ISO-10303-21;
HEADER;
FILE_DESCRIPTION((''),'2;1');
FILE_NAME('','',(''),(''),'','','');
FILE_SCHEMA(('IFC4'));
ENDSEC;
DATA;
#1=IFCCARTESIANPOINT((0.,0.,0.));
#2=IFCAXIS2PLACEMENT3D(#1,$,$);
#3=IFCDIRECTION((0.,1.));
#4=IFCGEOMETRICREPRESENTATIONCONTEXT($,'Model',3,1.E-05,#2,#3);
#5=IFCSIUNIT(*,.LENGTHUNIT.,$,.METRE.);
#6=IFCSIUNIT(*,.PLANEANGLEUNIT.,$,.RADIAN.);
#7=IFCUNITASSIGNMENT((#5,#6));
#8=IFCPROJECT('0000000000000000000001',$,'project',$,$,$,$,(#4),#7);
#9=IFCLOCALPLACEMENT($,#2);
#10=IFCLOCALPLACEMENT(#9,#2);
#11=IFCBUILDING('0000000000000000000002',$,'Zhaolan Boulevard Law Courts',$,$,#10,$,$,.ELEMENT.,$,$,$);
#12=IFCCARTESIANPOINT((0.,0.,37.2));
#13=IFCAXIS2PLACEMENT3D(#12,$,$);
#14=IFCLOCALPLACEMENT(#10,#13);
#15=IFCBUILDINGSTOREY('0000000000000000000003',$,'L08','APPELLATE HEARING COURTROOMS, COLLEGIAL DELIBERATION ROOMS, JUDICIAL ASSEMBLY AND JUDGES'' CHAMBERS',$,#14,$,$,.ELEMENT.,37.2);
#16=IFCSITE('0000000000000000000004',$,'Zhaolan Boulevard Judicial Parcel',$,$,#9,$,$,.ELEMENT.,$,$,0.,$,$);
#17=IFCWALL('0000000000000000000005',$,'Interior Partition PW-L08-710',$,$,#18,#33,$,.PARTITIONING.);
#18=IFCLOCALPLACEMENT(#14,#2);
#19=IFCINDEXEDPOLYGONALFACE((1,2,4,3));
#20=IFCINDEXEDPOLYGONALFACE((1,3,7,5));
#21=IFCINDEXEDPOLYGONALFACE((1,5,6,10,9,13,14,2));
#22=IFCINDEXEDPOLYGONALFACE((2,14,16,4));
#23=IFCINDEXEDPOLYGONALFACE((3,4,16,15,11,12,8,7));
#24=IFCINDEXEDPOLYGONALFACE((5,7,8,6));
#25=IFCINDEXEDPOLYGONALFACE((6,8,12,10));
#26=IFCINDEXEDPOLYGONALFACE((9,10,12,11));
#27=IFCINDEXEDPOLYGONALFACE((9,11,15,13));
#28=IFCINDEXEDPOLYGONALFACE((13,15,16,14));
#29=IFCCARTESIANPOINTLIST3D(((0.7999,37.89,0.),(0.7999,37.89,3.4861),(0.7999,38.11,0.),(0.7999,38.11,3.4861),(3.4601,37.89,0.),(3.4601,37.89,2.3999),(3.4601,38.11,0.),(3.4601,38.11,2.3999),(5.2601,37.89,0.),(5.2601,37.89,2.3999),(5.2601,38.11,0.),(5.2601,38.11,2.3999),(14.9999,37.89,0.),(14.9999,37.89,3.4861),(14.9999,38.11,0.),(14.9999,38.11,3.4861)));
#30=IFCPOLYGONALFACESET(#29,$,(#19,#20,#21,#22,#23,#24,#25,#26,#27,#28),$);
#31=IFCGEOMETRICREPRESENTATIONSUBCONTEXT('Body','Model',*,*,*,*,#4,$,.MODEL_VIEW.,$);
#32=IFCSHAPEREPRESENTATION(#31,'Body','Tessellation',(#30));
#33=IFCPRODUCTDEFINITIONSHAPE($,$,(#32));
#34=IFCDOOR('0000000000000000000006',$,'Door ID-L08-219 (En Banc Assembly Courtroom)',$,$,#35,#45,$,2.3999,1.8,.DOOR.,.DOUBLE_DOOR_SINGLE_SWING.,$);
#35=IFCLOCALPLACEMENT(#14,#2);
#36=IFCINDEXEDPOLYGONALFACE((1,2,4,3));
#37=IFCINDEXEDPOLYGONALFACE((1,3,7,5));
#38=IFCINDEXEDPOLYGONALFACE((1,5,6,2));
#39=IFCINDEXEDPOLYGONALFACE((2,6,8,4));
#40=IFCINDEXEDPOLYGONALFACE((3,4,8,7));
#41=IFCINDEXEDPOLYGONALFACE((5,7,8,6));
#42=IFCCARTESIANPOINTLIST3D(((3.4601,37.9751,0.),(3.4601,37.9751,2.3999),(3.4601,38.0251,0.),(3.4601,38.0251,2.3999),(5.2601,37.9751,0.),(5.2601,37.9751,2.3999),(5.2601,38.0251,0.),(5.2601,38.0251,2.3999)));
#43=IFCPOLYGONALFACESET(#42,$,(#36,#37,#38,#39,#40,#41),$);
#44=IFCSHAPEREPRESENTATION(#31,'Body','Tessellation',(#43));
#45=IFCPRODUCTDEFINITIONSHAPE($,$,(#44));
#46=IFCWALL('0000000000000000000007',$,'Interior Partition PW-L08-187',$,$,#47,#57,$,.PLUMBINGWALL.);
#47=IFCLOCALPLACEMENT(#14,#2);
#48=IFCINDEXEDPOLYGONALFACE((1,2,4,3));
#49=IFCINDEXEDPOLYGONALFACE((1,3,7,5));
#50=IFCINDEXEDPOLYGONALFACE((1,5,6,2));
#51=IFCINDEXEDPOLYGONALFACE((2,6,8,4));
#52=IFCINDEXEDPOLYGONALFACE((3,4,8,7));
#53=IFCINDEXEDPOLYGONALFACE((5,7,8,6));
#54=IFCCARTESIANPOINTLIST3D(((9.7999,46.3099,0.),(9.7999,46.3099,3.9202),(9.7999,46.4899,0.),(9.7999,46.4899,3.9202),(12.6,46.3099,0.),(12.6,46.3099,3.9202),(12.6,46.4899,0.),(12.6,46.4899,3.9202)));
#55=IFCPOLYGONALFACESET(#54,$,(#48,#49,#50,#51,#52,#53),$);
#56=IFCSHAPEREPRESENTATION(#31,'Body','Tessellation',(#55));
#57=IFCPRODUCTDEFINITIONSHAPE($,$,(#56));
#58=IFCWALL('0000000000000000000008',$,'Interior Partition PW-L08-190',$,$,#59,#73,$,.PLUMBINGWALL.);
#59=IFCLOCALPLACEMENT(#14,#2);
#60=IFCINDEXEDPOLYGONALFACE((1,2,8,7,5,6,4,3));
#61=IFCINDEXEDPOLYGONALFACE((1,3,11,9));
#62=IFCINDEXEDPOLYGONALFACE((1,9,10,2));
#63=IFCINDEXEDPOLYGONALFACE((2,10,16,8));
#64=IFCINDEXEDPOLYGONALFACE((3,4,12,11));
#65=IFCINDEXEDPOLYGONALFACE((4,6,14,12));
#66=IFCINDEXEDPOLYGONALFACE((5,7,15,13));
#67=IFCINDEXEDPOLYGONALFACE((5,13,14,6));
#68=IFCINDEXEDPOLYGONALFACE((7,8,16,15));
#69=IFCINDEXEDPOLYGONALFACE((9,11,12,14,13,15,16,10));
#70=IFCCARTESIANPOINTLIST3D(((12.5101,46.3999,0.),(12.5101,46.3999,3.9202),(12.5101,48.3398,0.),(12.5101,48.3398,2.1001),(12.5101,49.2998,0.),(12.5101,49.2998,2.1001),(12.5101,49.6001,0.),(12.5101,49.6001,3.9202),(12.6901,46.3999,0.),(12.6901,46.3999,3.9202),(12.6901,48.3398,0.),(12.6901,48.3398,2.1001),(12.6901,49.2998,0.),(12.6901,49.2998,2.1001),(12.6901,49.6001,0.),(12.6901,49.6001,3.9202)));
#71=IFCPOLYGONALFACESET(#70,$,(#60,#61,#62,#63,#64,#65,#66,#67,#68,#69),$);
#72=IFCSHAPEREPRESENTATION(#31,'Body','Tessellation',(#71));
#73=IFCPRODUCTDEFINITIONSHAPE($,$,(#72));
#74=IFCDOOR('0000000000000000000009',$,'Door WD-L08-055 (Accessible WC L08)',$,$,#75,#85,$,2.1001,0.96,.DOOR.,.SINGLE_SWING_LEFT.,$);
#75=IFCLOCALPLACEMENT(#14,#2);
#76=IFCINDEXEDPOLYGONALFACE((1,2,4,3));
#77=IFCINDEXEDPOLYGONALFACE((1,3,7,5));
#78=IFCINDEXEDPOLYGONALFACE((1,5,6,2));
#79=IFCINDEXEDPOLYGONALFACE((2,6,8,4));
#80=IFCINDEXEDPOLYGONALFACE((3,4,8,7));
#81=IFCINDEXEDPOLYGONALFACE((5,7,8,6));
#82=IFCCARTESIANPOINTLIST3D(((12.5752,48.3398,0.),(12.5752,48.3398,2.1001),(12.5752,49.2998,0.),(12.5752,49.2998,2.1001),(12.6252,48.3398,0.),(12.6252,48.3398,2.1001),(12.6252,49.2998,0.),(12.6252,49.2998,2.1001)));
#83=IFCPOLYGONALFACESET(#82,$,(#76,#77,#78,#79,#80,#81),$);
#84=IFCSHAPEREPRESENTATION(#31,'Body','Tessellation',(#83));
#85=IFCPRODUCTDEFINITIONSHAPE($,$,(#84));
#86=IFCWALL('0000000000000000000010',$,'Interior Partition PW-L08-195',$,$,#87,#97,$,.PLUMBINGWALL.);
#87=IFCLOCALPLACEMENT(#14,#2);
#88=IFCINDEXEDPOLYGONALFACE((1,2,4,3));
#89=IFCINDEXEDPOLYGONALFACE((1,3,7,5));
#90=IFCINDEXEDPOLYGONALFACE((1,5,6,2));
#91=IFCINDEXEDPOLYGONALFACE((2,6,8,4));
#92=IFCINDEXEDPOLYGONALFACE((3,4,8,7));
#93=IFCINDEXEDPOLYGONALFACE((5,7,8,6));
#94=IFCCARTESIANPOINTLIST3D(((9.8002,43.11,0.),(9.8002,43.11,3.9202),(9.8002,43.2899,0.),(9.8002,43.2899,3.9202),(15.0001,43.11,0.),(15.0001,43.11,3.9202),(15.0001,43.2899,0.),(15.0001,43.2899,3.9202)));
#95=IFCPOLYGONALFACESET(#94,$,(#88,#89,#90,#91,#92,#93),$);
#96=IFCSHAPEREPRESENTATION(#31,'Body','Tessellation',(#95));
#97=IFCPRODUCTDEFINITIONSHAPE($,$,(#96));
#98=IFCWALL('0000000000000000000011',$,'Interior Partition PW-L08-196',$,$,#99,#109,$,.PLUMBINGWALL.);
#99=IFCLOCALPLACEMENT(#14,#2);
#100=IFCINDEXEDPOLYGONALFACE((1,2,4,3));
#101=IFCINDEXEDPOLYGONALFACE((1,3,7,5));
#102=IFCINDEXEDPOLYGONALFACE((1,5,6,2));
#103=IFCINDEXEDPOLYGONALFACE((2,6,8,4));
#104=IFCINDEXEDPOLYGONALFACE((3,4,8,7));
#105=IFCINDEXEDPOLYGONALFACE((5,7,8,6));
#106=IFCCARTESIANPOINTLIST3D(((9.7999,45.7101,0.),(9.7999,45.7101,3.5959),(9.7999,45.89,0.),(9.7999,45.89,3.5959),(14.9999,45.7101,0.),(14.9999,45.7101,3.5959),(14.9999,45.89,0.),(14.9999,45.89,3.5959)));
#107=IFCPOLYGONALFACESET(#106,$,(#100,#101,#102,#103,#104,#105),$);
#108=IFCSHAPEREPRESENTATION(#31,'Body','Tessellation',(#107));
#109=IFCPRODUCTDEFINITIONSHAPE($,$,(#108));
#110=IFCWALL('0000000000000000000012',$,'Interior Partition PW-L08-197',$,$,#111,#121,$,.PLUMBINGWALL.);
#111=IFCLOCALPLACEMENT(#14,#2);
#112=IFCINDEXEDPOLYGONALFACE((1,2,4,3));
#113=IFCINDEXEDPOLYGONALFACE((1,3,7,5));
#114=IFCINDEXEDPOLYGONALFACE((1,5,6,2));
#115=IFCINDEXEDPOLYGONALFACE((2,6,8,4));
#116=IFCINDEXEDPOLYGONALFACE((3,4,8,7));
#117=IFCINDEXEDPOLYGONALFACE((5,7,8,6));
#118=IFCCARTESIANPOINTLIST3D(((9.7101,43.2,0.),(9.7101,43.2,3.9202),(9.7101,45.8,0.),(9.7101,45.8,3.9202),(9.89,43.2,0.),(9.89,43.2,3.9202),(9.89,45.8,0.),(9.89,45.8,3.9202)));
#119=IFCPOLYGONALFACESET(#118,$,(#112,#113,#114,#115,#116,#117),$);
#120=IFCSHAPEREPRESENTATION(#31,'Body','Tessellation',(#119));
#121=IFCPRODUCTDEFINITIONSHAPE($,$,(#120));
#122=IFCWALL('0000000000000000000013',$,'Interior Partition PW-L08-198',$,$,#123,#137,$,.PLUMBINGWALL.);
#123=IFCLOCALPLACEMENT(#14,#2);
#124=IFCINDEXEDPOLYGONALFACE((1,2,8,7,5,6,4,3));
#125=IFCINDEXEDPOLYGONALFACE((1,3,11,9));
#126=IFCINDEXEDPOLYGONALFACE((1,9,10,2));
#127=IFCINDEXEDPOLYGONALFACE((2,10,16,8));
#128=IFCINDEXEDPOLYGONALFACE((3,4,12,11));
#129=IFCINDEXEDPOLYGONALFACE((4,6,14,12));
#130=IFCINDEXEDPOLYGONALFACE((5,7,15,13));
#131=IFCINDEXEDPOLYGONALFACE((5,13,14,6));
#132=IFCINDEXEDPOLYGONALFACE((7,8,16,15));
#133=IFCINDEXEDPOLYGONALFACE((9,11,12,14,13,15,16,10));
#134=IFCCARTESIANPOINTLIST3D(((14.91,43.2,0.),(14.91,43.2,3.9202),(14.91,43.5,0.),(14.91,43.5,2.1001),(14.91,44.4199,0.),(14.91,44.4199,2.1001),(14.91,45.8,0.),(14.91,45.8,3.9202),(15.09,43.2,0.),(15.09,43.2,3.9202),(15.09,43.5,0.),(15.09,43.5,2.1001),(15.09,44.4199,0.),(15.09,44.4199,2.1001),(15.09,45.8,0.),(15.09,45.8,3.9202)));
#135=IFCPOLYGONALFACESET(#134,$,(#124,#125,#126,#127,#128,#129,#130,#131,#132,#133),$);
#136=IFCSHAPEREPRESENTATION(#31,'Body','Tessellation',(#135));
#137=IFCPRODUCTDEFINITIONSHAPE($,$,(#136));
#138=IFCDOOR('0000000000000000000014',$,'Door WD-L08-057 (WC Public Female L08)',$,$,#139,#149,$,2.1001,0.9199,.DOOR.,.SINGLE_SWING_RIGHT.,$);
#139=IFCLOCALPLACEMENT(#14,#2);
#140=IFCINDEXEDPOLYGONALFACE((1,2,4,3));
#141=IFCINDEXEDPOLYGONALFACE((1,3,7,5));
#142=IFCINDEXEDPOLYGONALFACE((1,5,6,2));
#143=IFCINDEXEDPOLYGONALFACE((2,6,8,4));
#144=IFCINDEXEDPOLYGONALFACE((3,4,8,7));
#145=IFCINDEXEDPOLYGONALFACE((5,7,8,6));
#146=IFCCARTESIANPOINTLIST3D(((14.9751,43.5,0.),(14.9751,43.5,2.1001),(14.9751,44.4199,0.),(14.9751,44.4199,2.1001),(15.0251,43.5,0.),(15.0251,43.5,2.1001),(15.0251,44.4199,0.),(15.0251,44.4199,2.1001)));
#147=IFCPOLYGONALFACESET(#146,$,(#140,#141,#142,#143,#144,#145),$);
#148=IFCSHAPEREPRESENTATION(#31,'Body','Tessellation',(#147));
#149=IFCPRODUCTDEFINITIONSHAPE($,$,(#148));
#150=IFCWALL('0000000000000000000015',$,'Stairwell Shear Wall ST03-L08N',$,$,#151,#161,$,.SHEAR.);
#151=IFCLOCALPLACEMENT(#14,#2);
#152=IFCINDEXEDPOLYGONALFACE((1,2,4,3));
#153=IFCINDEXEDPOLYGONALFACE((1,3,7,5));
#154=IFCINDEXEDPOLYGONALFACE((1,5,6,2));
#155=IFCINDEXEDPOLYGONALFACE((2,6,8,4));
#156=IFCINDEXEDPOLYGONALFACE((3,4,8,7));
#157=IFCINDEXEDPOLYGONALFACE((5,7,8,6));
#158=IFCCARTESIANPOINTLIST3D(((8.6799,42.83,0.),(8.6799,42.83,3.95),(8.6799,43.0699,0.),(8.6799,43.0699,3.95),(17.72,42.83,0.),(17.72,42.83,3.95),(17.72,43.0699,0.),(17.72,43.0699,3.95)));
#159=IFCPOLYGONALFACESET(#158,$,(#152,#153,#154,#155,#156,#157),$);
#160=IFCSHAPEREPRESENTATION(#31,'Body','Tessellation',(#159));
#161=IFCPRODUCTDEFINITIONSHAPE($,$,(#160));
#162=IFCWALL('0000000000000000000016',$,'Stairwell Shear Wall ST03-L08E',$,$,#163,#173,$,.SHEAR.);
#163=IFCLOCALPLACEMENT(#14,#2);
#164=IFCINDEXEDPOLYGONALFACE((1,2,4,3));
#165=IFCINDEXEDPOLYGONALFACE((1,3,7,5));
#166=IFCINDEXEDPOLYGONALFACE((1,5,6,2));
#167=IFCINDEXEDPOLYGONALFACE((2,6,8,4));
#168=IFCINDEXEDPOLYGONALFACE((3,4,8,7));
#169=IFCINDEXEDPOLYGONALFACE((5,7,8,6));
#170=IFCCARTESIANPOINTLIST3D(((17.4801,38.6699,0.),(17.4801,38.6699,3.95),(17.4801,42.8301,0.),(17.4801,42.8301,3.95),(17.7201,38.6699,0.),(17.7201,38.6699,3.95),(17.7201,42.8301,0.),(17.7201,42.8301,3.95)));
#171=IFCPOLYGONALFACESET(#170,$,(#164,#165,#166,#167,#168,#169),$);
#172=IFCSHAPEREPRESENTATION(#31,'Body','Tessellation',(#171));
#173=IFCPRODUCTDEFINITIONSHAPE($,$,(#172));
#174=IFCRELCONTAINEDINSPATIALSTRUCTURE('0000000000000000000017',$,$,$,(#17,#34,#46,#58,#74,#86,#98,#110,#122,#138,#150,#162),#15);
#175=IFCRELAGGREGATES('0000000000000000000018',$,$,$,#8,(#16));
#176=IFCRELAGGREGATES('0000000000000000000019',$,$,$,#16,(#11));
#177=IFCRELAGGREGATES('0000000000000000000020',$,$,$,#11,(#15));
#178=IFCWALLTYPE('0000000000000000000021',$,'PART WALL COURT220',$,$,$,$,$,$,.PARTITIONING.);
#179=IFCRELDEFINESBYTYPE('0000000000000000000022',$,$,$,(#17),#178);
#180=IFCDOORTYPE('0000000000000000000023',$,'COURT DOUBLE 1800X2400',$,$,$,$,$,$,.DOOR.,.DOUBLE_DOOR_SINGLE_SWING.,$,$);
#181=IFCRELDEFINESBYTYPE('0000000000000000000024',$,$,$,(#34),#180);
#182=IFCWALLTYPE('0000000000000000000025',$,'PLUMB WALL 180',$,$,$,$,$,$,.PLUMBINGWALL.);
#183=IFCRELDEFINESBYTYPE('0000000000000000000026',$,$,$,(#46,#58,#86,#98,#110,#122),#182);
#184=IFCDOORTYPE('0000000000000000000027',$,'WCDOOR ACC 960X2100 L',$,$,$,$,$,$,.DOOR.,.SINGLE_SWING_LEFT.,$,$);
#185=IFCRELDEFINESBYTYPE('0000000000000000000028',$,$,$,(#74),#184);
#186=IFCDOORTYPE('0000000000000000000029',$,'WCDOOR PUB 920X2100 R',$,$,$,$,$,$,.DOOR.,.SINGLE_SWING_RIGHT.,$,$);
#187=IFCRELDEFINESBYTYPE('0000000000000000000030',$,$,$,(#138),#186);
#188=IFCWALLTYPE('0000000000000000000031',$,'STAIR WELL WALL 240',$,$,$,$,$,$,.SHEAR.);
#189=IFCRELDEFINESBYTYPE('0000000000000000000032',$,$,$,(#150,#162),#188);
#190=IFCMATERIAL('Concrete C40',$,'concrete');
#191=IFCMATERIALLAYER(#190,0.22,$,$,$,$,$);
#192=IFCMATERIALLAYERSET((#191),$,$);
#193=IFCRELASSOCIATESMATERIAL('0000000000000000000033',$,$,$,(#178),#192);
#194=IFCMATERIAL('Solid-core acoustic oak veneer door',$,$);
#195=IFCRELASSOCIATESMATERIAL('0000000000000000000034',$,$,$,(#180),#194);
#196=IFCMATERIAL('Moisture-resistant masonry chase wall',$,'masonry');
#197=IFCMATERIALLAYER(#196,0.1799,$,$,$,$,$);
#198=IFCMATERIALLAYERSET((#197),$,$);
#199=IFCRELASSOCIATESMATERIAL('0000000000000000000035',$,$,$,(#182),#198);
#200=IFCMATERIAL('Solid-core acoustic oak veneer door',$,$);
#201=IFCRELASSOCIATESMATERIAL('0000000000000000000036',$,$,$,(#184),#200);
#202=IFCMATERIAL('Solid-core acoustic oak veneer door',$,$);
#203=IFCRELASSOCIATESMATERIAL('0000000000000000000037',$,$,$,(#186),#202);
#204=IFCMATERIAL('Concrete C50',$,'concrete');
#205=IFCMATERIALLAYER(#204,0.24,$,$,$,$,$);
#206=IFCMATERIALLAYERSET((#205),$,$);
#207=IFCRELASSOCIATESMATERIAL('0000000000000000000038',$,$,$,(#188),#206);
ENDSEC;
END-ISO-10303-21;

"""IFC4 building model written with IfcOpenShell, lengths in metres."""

from ifc_helpers import new_model, si_unit, direction, frame, frame_2d, origin, place, context, subcontext, project, spatial, rectangle, extrude, material, layer, layer_set, type_object, element, fill, save


model = new_model("IFC4")

# Units and contexts
model_context = context("Model", 3, precision=1e-05, world=origin(), true_north=direction((0.0, 1.0)))
body_context = subcontext(model_context, "Body", "Model", "MODEL_VIEW")
ifc_project = project(units=[si_unit("LENGTHUNIT", "METRE"), si_unit("PLANEANGLEUNIT", "RADIAN")], contexts=[model_context])

# Site, building, storey
site_placement = place(None, origin())
site = spatial("IfcSite", under=ifc_project, at=site_placement, Name="Zhaolan Boulevard Judicial Parcel", CompositionType="ELEMENT", RefElevation=0.0)
building_placement = place(site_placement, origin())
building = spatial("IfcBuilding", under=site, at=building_placement, Name="Zhaolan Boulevard Law Courts", CompositionType="ELEMENT")
storey_placement = place(building_placement, frame((0.0, 0.0, 37.2)))
storey = spatial("IfcBuildingStorey", under=building, at=storey_placement, Name="L08", Description="APPELLATE HEARING COURTROOMS, COLLEGIAL DELIBERATION ROOMS, JUDICIAL ASSEMBLY AND JUDGES' CHAMBERS", CompositionType="ELEMENT", Elevation=37.2)

# Wall, opening, door
ifc_material_1 = material(Name="Concrete C40", Category="concrete")
ifc_layer_1 = layer(ifc_material_1, 0.22)
ifc_layer_set_1 = layer_set([ifc_layer_1])
wall_type_1 = type_object("IfcWallType", Name="PART WALL COURT220", PredefinedType="PARTITIONING", material=ifc_layer_set_1)
wall_1_placement = place(storey_placement, frame((15.0, 38.0, 0.0), z_axis=(0.0, 0.0, 1.0), x_axis=(-1.0, 0.0, 0.0)))
wall_1 = element("IfcWall", 1, at=wall_1_placement, inside=storey, type_object=wall_type_1, Name="Interior Partition PW-L08-710", PredefinedType="PARTITIONING", context=body_context, shape_type="SweptSolid", body=[
    extrude(rectangle(XDim=14.2, YDim=0.22, at=frame_2d((7.1001, 0.0))), origin(), (0.0, 0.0, 1.0), 3.4861),
])
opening_1_placement = place(wall_1_placement, frame((9.74, 0.0, 0.0)))
opening_1 = element("IfcOpeningElement", 2, at=opening_1_placement, cuts=wall_1, PredefinedType="OPENING", context=body_context, shape_type="SweptSolid", body=[
    extrude(rectangle(XDim=1.8, YDim=2.3999, at=frame_2d((0.8999, 1.2))), frame((0.0, 0.1199, 0.0), z_axis=(0.0, -1.0, 0.0), x_axis=(1.0, 0.0, 0.0)), (0.0, 0.0, 1.0), 0.24),
])
ifc_material_2 = material(Name="Solid-core acoustic oak veneer door")
door_type_1 = type_object("IfcDoorType", Name="COURT DOUBLE 1800X2400", OperationType="DOUBLE_DOOR_SINGLE_SWING", PredefinedType="DOOR", material=ifc_material_2)
door_1_placement = place(opening_1_placement, origin())
door_1 = element("IfcDoor", 3, at=door_1_placement, inside=storey, type_object=door_type_1, Name="Door ID-L08-219 (En Banc Assembly Courtroom)", OperationType="DOUBLE_DOOR_SINGLE_SWING", OverallHeight=2.3999, OverallWidth=1.8, PredefinedType="DOOR", context=body_context, shape_type="SweptSolid", body=[
    extrude(rectangle(XDim=1.8, YDim=2.3999, at=frame_2d((0.8999, 1.2))), frame((0.0, 0.0249, 0.0), z_axis=(0.0, -1.0, 0.0), x_axis=(1.0, 0.0, 0.0)), (0.0, 0.0, 1.0), 0.05),
])
fill(opening_1, door_1)

# Wall
ifc_material_3 = material(Name="Moisture-resistant masonry chase wall", Category="masonry")
ifc_layer_2 = layer(ifc_material_3, 0.1799)
ifc_layer_set_2 = layer_set([ifc_layer_2])
wall_type_2 = type_object("IfcWallType", Name="PLUMB WALL 180", PredefinedType="PLUMBINGWALL", material=ifc_layer_set_2)
wall_2_placement = place(storey_placement, frame((9.8, 46.3999, 0.0), z_axis=(0.0, 0.0, 1.0), x_axis=(1.0, 0.0, 0.0)))
element("IfcWall", 4, at=wall_2_placement, inside=storey, type_object=wall_type_2, Name="Interior Partition PW-L08-187", PredefinedType="PLUMBINGWALL", context=body_context, shape_type="SweptSolid", body=[
    extrude(rectangle(XDim=2.8, YDim=0.1799, at=frame_2d((1.3999, 0.0))), origin(), (0.0, 0.0, 1.0), 3.9202),
])

# Wall, opening, door
wall_3_placement = place(storey_placement, frame((12.6001, 46.3999, 0.0), z_axis=(0.0, 0.0, 1.0), x_axis=(0.0, 1.0, 0.0)))
wall_3 = element("IfcWall", 5, at=wall_3_placement, inside=storey, type_object=wall_type_2, Name="Interior Partition PW-L08-190", PredefinedType="PLUMBINGWALL", context=body_context, shape_type="SweptSolid", body=[
    extrude(rectangle(XDim=3.2002, YDim=0.1799, at=frame_2d((1.6001, 0.0))), origin(), (0.0, 0.0, 1.0), 3.9202),
])
opening_2_placement = place(wall_3_placement, frame((1.9399, 0.0, 0.0)))
opening_2 = element("IfcOpeningElement", 6, at=opening_2_placement, cuts=wall_3, PredefinedType="OPENING", context=body_context, shape_type="SweptSolid", body=[
    extrude(rectangle(XDim=0.96, YDim=2.1001, at=frame_2d((0.48, 1.05))), frame((0.0, 0.0999, 0.0), z_axis=(0.0, -1.0, 0.0), x_axis=(1.0, 0.0, 0.0)), (0.0, 0.0, 1.0), 0.2),
])
ifc_material_4 = material(Name="Solid-core acoustic oak veneer door")
door_type_2 = type_object("IfcDoorType", Name="WCDOOR ACC 960X2100 L", OperationType="SINGLE_SWING_LEFT", PredefinedType="DOOR", material=ifc_material_4)
door_2_placement = place(opening_2_placement, origin())
door_2 = element("IfcDoor", 7, at=door_2_placement, inside=storey, type_object=door_type_2, Name="Door WD-L08-055 (Accessible WC L08)", OperationType="SINGLE_SWING_LEFT", OverallHeight=2.1001, OverallWidth=0.96, PredefinedType="DOOR", context=body_context, shape_type="SweptSolid", body=[
    extrude(rectangle(XDim=0.96, YDim=2.1001, at=frame_2d((0.48, 1.05))), frame((0.0, 0.0249, 0.0), z_axis=(0.0, -1.0, 0.0), x_axis=(1.0, 0.0, 0.0)), (0.0, 0.0, 1.0), 0.05),
])
fill(opening_2, door_2)

# Walls
wall_4_placement = place(storey_placement, frame((9.8, 43.2, 0.0), z_axis=(0.0, 0.0, 1.0), x_axis=(1.0, 0.0, 0.0)))
element("IfcWall", 8, at=wall_4_placement, inside=storey, type_object=wall_type_2, Name="Interior Partition PW-L08-195", PredefinedType="PLUMBINGWALL", context=body_context, shape_type="SweptSolid", body=[
    extrude(rectangle(XDim=5.2, YDim=0.1799, at=frame_2d((2.6001, 0.0))), origin(), (0.0, 0.0, 1.0), 3.9202),
])
wall_5_placement = place(storey_placement, frame((15.0, 45.8, 0.0), z_axis=(0.0, 0.0, 1.0), x_axis=(-1.0, 0.0, 0.0)))
element("IfcWall", 9, at=wall_5_placement, inside=storey, type_object=wall_type_2, Name="Interior Partition PW-L08-196", PredefinedType="PLUMBINGWALL", context=body_context, shape_type="SweptSolid", body=[
    extrude(rectangle(XDim=5.2, YDim=0.1799, at=frame_2d((2.6001, 0.0))), origin(), (0.0, 0.0, 1.0), 3.5959),
])
wall_6_placement = place(storey_placement, frame((9.8, 45.8, 0.0), z_axis=(0.0, 0.0, 1.0), x_axis=(0.0, -1.0, 0.0)))
element("IfcWall", 10, at=wall_6_placement, inside=storey, type_object=wall_type_2, Name="Interior Partition PW-L08-197", PredefinedType="PLUMBINGWALL", context=body_context, shape_type="SweptSolid", body=[
    extrude(rectangle(XDim=2.6001, YDim=0.1799, at=frame_2d((1.3, 0.0))), origin(), (0.0, 0.0, 1.0), 3.9202),
])

# Wall, opening, door
wall_7_placement = place(storey_placement, frame((15.0, 43.2, 0.0), z_axis=(0.0, 0.0, 1.0), x_axis=(0.0, 1.0, 0.0)))
wall_7 = element("IfcWall", 11, at=wall_7_placement, inside=storey, type_object=wall_type_2, Name="Interior Partition PW-L08-198", PredefinedType="PLUMBINGWALL", context=body_context, shape_type="SweptSolid", body=[
    extrude(rectangle(XDim=2.6001, YDim=0.1799, at=frame_2d((1.3, 0.0))), origin(), (0.0, 0.0, 1.0), 3.9202),
])
opening_3_placement = place(wall_7_placement, frame((0.3, 0.0, 0.0)))
opening_3 = element("IfcOpeningElement", 12, at=opening_3_placement, cuts=wall_7, PredefinedType="OPENING", context=body_context, shape_type="SweptSolid", body=[
    extrude(rectangle(XDim=0.9199, YDim=2.1001, at=frame_2d((0.46, 1.05))), frame((0.0, 0.0999, 0.0), z_axis=(0.0, -1.0, 0.0), x_axis=(1.0, 0.0, 0.0)), (0.0, 0.0, 1.0), 0.2),
])
ifc_material_5 = material(Name="Solid-core acoustic oak veneer door")
door_type_3 = type_object("IfcDoorType", Name="WCDOOR PUB 920X2100 R", OperationType="SINGLE_SWING_RIGHT", PredefinedType="DOOR", material=ifc_material_5)
door_3_placement = place(opening_3_placement, origin())
door_3 = element("IfcDoor", 13, at=door_3_placement, inside=storey, type_object=door_type_3, Name="Door WD-L08-057 (WC Public Female L08)", OperationType="SINGLE_SWING_RIGHT", OverallHeight=2.1001, OverallWidth=0.9199, PredefinedType="DOOR", context=body_context, shape_type="SweptSolid", body=[
    extrude(rectangle(XDim=0.9199, YDim=2.1001, at=frame_2d((0.46, 1.05))), frame((0.0, 0.0249, 0.0), z_axis=(0.0, -1.0, 0.0), x_axis=(1.0, 0.0, 0.0)), (0.0, 0.0, 1.0), 0.05),
])
fill(opening_3, door_3)

# Walls
ifc_material_6 = material(Name="Concrete C50", Category="concrete")
ifc_layer_3 = layer(ifc_material_6, 0.24)
ifc_layer_set_3 = layer_set([ifc_layer_3])
wall_type_3 = type_object("IfcWallType", Name="STAIR WELL WALL 240", PredefinedType="SHEAR", material=ifc_layer_set_3)
wall_8_placement = place(storey_placement, frame((17.72, 42.95, 0.0), z_axis=(0.0, 0.0, 1.0), x_axis=(-1.0, 0.0, 0.0)))
element("IfcWall", 14, at=wall_8_placement, inside=storey, type_object=wall_type_3, Name="Stairwell Shear Wall ST03-L08N", PredefinedType="SHEAR", context=body_context, shape_type="SweptSolid", body=[
    extrude(rectangle(XDim=9.04, YDim=0.24, at=frame_2d((4.52, 0.0))), origin(), (0.0, 0.0, 1.0), 3.95),
])
wall_9_placement = place(storey_placement, frame((17.6001, 38.6699, 0.0), z_axis=(0.0, 0.0, 1.0), x_axis=(0.0, 1.0, 0.0)))
element("IfcWall", 15, at=wall_9_placement, inside=storey, type_object=wall_type_3, Name="Stairwell Shear Wall ST03-L08E", PredefinedType="SHEAR", context=body_context, shape_type="SweptSolid", body=[
    extrude(rectangle(XDim=4.1602, YDim=0.24, at=frame_2d((2.0801, 0.0))), origin(), (0.0, 0.0, 1.0), 3.95),
])

save(model, "model.ifc")
